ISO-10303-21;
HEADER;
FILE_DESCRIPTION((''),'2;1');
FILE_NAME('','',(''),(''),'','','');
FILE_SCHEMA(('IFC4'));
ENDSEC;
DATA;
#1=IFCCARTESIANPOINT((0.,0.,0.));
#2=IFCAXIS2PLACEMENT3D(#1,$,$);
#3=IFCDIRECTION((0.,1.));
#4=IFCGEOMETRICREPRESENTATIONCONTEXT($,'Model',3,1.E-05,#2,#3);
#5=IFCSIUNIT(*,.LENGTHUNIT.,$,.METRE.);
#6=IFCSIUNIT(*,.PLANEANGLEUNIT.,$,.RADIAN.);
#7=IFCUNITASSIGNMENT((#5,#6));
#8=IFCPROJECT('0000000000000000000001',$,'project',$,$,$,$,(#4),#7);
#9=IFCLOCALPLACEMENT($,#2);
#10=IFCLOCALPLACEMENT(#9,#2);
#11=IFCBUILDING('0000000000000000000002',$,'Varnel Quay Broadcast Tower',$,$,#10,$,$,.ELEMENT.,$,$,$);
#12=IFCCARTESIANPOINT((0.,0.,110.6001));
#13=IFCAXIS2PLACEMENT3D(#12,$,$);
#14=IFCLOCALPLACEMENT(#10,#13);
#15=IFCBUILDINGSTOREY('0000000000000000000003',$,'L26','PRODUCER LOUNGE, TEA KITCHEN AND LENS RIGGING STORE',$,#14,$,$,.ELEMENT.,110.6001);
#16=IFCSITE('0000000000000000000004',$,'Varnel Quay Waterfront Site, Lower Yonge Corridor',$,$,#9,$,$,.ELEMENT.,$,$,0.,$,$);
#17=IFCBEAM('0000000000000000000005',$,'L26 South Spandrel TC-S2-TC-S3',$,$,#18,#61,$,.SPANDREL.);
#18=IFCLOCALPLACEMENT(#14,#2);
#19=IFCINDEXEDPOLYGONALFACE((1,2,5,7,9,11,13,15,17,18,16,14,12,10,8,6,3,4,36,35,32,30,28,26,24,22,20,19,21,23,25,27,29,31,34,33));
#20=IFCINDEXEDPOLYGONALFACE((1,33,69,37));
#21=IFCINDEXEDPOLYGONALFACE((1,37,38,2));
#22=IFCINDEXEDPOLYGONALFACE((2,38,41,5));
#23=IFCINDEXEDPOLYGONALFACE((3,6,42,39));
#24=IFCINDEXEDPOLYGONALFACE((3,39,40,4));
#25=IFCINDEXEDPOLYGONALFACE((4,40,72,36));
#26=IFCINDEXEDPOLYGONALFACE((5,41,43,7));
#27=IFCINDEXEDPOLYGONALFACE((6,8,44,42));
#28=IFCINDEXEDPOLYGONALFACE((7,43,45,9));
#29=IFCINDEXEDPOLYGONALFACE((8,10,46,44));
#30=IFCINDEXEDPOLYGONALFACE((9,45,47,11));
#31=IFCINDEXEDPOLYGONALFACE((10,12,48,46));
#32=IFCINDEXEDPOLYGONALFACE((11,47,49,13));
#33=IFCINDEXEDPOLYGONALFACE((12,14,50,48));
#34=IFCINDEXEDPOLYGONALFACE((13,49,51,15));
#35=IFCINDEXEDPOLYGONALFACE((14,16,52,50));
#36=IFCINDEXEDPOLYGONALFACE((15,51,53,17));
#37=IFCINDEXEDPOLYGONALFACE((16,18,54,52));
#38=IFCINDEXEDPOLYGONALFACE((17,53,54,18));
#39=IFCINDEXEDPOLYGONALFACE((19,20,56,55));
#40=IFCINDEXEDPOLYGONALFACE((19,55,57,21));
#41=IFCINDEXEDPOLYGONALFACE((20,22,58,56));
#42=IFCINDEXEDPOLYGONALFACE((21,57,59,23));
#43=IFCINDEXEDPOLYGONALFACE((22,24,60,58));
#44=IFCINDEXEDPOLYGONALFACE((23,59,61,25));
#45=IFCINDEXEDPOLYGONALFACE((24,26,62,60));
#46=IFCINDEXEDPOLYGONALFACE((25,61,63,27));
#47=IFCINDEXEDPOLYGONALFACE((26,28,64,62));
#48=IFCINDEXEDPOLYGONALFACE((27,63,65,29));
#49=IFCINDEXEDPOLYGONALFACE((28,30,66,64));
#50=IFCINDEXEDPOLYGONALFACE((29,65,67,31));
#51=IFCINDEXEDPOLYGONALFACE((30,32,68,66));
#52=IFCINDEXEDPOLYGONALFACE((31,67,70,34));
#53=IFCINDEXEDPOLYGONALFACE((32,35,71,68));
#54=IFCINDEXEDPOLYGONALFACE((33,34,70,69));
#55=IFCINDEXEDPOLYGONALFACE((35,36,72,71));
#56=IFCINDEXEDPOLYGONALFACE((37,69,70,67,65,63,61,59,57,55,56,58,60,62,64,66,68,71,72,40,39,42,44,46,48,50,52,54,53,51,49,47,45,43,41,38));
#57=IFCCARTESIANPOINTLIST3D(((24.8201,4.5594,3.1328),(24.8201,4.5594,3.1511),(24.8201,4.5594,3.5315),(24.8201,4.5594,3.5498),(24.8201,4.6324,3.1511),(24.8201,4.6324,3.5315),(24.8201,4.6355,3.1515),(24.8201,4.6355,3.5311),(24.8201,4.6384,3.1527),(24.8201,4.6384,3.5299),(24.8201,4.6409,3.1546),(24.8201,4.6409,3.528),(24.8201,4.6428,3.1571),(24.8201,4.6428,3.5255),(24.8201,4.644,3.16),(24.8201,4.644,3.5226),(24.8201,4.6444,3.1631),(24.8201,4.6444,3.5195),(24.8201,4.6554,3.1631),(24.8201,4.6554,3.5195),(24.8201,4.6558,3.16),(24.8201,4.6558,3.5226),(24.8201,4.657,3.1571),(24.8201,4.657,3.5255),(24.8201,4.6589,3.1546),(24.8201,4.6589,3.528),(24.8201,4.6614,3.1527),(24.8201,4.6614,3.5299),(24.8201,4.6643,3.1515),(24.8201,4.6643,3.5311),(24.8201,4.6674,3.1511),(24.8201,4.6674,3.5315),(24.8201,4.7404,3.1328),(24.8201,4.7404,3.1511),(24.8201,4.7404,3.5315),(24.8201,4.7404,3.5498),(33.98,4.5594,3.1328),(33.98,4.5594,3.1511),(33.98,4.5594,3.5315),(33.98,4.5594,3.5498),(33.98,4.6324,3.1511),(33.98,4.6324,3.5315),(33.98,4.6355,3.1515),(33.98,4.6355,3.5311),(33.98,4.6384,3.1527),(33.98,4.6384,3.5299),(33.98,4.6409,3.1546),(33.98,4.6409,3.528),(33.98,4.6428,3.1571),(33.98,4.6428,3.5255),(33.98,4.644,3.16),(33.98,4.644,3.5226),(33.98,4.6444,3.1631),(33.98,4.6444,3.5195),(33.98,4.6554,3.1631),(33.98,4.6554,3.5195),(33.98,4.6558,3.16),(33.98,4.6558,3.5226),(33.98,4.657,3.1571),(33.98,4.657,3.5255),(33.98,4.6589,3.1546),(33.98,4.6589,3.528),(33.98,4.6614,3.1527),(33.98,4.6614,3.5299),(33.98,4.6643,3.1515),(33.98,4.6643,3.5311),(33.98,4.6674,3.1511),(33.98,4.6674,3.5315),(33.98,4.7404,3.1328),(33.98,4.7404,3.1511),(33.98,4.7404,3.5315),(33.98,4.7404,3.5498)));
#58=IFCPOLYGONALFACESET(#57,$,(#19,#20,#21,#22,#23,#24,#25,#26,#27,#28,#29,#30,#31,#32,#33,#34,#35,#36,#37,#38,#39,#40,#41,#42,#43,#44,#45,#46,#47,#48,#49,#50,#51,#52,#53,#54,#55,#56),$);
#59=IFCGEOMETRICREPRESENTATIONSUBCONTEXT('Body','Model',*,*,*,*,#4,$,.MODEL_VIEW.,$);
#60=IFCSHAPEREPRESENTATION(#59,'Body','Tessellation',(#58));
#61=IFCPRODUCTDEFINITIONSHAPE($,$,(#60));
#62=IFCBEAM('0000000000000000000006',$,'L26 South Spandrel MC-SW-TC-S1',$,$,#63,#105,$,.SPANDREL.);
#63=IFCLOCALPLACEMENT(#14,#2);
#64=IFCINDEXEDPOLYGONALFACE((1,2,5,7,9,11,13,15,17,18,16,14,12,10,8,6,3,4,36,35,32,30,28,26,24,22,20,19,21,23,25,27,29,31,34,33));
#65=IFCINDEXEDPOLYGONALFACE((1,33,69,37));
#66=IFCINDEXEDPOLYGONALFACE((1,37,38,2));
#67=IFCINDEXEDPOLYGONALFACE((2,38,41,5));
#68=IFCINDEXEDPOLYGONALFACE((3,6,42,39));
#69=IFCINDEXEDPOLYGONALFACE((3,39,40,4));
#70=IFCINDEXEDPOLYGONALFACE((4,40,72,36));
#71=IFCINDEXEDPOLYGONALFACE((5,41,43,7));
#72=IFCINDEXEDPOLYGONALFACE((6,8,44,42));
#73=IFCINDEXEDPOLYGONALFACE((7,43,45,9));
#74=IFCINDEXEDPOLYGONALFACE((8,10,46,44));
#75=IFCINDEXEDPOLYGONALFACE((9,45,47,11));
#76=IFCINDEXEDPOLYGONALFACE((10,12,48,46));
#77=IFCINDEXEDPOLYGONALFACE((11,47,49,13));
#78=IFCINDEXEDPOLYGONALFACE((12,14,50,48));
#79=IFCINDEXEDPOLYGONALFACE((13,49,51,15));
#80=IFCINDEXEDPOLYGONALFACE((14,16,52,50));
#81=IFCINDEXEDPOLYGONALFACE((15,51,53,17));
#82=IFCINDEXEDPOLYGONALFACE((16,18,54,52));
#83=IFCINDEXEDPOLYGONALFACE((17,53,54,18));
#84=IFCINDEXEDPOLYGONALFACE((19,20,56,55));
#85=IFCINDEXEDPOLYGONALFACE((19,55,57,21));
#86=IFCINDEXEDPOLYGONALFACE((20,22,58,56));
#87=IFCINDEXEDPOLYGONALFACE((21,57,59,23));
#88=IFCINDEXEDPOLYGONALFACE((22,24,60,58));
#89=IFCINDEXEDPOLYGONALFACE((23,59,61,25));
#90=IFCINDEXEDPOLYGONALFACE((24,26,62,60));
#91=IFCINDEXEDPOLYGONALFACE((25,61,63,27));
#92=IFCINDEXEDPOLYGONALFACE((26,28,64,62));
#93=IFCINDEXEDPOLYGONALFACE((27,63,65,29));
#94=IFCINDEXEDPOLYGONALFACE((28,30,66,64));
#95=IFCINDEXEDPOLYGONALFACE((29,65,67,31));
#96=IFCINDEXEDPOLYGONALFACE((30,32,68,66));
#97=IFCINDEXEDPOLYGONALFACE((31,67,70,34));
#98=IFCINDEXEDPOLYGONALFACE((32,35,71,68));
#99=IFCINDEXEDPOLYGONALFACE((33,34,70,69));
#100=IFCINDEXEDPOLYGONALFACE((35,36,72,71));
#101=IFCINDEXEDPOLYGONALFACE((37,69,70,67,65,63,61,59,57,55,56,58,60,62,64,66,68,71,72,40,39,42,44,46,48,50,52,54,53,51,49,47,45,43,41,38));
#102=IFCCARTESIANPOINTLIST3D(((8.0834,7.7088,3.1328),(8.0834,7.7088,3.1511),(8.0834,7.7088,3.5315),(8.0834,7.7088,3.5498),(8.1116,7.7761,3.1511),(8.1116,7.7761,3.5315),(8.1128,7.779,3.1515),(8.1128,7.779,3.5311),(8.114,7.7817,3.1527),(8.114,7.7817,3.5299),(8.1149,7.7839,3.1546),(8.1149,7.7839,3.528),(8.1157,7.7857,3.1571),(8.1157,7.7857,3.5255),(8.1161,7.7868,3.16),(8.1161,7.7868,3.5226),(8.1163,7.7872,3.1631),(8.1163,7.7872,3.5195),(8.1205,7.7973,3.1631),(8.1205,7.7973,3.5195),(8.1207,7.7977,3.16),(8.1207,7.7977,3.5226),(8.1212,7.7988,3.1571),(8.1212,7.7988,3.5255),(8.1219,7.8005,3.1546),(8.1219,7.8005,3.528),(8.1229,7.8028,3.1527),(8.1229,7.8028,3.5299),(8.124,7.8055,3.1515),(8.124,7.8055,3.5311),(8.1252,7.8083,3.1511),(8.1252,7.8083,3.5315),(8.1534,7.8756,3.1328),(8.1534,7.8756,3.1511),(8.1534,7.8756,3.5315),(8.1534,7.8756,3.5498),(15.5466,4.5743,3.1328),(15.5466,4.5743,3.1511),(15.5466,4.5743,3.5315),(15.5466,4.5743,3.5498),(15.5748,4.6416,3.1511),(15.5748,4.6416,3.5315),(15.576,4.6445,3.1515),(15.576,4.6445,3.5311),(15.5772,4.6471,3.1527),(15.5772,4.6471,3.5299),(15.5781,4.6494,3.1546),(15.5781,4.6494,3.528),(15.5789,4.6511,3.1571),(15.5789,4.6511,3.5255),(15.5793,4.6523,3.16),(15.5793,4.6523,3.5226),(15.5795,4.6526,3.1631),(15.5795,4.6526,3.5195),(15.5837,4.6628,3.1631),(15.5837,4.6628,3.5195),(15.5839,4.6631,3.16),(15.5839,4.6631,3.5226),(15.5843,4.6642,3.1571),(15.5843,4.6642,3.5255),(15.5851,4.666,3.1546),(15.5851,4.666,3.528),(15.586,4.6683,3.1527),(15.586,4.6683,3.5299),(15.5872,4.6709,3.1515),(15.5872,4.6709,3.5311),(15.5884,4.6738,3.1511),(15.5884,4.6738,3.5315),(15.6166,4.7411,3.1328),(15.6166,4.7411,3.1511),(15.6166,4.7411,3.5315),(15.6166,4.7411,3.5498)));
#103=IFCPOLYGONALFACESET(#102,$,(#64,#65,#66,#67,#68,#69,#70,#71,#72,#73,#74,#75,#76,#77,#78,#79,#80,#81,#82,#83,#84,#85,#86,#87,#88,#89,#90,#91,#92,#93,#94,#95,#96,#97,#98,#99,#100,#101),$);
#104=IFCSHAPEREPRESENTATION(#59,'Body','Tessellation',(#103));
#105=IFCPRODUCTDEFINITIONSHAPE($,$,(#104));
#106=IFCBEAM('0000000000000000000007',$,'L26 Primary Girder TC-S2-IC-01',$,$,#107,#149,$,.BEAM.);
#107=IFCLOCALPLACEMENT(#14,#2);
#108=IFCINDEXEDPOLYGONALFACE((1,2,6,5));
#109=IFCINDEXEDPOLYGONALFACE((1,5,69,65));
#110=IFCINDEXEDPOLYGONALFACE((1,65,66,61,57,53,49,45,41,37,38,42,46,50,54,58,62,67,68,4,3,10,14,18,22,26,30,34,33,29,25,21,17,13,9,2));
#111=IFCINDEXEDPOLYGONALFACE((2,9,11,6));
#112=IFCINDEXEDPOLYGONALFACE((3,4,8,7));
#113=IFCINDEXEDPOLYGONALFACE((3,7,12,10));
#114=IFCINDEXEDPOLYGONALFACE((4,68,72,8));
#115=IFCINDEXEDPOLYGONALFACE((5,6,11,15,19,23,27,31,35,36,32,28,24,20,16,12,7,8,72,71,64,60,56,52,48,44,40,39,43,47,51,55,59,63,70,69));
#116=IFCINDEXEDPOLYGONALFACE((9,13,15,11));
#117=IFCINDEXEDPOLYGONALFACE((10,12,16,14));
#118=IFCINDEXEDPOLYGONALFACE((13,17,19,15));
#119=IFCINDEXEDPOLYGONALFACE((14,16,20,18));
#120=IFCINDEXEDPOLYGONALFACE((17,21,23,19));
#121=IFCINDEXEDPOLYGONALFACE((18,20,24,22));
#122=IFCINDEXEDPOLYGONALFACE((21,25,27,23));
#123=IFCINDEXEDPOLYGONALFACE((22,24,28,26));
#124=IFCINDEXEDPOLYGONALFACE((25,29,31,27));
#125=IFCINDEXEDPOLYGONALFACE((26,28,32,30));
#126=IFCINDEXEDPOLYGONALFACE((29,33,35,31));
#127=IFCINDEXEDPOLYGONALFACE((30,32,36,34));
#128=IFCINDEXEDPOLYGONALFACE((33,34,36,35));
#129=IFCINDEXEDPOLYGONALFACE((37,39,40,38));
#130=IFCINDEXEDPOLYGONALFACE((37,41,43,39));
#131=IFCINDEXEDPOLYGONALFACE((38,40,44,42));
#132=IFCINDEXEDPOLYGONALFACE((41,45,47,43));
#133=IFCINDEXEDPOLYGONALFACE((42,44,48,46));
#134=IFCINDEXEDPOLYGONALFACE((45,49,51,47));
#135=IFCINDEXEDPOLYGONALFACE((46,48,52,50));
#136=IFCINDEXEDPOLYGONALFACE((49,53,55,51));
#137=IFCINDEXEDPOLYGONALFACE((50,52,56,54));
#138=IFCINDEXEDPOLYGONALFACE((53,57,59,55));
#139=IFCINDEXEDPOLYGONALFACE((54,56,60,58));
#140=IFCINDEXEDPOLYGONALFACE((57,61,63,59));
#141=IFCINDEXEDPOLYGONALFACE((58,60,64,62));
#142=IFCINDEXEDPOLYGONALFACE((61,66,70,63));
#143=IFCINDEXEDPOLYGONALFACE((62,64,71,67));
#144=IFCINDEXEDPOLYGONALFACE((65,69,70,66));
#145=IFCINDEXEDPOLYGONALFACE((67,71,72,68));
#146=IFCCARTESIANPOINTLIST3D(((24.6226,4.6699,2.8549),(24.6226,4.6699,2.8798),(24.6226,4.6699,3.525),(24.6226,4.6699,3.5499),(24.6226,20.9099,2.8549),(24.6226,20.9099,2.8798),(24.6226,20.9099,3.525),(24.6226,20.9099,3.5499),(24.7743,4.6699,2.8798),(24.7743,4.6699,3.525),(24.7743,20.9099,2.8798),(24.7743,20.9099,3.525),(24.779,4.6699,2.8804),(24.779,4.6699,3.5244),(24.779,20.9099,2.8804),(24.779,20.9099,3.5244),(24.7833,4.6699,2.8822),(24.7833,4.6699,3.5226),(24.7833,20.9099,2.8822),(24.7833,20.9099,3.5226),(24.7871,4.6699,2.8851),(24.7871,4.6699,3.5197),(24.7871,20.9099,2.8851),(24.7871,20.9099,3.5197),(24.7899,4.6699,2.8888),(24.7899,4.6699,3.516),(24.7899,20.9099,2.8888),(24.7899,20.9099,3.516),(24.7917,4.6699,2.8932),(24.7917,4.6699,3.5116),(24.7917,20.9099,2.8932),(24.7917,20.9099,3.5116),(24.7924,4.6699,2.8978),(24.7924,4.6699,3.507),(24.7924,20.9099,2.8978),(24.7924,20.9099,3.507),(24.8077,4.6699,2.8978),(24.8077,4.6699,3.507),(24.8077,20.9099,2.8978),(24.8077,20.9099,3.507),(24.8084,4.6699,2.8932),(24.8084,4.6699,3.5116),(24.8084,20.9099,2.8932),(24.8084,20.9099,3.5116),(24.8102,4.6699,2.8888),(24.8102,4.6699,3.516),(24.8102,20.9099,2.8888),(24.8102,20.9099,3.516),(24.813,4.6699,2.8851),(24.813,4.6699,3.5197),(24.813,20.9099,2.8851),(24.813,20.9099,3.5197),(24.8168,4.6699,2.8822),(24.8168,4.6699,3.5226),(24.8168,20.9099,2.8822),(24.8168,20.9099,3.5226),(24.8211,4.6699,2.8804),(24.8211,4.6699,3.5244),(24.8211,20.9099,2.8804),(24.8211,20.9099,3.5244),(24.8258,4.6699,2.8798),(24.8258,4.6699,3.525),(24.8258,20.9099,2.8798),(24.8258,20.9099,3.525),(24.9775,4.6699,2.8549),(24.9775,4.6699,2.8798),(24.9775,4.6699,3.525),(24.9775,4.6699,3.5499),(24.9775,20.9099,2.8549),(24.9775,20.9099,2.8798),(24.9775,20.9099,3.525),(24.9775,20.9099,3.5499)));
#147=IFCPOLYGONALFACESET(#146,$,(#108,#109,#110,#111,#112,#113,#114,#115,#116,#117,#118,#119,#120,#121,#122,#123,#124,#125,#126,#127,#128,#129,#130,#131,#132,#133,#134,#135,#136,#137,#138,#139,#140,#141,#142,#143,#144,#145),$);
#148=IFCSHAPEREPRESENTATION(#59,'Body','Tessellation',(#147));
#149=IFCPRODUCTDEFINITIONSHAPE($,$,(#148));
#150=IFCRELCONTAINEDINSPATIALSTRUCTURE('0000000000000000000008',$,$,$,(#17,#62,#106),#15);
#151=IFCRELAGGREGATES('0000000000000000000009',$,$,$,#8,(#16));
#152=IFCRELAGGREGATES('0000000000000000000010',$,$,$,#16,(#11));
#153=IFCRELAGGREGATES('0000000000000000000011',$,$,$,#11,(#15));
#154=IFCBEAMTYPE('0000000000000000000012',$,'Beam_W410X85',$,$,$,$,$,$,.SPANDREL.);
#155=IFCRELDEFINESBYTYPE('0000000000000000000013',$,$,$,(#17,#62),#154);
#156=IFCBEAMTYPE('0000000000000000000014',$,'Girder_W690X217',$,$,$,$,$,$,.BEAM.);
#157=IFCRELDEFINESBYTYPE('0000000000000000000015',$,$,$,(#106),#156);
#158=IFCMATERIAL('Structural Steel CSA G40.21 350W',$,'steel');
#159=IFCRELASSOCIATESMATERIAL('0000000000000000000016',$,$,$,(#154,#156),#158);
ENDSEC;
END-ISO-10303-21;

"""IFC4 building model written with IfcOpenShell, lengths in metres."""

from ifc_helpers import new_model, si_unit, direction, frame, origin, origin_2d, place, context, subcontext, project, spatial, i_section, extrude, source, transform, mapped, material, material_profile, profile_set, type_object, type_shapes, element, save


model = new_model("IFC4")

# Units and contexts
model_context = context("Model", 3, precision=1e-05, world=origin(), true_north=direction((0.0, 1.0)))
body_context = subcontext(model_context, "Body", "Model", "MODEL_VIEW")
ifc_project = project(units=[si_unit("LENGTHUNIT", "METRE"), si_unit("PLANEANGLEUNIT", "RADIAN")], contexts=[model_context])

# Site, building, storey
site_placement = place(None, origin())
site = spatial("IfcSite", under=ifc_project, at=site_placement, Name="Varnel Quay Waterfront Site, Lower Yonge Corridor", CompositionType="ELEMENT", RefElevation=0.0)
building_placement = place(site_placement, origin())
building = spatial("IfcBuilding", under=site, at=building_placement, Name="Varnel Quay Broadcast Tower", CompositionType="ELEMENT")
storey_placement = place(building_placement, frame((0.0, 0.0, 110.6001)))
storey = spatial("IfcBuildingStorey", under=building, at=storey_placement, Name="L26", Description="PRODUCER LOUNGE, TEA KITCHEN AND LENS RIGGING STORE", CompositionType="ELEMENT", Elevation=110.6001)

# Shared definitions
ifc_material_1 = material(Name="Structural Steel CSA G40.21 350W", Category="steel")

# Beams
ifc_material_profile_1 = material_profile(ifc_material_1, i_section(OverallWidth=0.1809, OverallDepth=0.417, WebThickness=0.011, FlangeThickness=0.0183, FilletRadius=0.012, at=origin_2d()), Name="W410X85")
ifc_profile_set_1 = profile_set([ifc_material_profile_1], Name="Structural Steel CSA G40.21 350W")
beam_type_1 = type_object("IfcBeamType", Name="Beam_W410X85", PredefinedType="SPANDREL", material=ifc_profile_set_1)
shared_shape_1 = source(origin(), body_context, "Body", "SweptSolid", [
    extrude(i_section(OverallWidth=0.1809, OverallDepth=0.417, WebThickness=0.011, FlangeThickness=0.0183, FilletRadius=0.012, at=origin_2d()), origin(), (0.0, 0.0, 1.0), 9.1599),
])
for number, where, z_axis, x_axis, name in (
    (1, (24.8201, 4.6499, 3.3413), (1.0, 0.0, 0.0), (0.0, 1.0, 0.0), "L26 South Spandrel TC-S2-TC-S3"),
):
    element("IfcBeam", number, at=place(storey_placement, frame(where, z_axis=z_axis, x_axis=x_axis)), inside=storey, type_object=beam_type_1, Name=name, PredefinedType="SPANDREL", context=body_context, shape_type="MappedRepresentation", body=[
        mapped(shared_shape_1, transform((0.0, 0.0, 0.0), x_axis=(1.0, 0.0, 0.0), y_axis=(0.0, 1.0, 0.0), z_axis=(0.0, 0.0, 1.0), scale=1.0)),
    ])
shared_shape_2 = source(origin(), body_context, "Body", "SweptSolid", [
    extrude(i_section(OverallWidth=0.1809, OverallDepth=0.417, WebThickness=0.011, FlangeThickness=0.0183, FilletRadius=0.012, at=origin_2d()), origin(), (0.0, 0.0, 1.0), 8.0947),
])
type_shapes(beam_type_1, [shared_shape_1, shared_shape_2])
beam_1_placement = place(storey_placement, frame((8.1184, 7.7922, 3.3413), z_axis=(0.921982, -0.387233, 0.0), x_axis=(0.387233, 0.921982, 0.0)))
element("IfcBeam", 2, at=beam_1_placement, inside=storey, type_object=beam_type_1, Name="L26 South Spandrel MC-SW-TC-S1", PredefinedType="SPANDREL", context=body_context, shape_type="MappedRepresentation", body=[
    mapped(shared_shape_2, transform((0.0, 0.0, 0.0), x_axis=(1.0, 0.0, 0.0), y_axis=(0.0, 1.0, 0.0), z_axis=(0.0, 0.0, 1.0), scale=1.0)),
])
ifc_material_profile_2 = material_profile(ifc_material_1, i_section(OverallWidth=0.355, OverallDepth=0.6951, WebThickness=0.0154, FlangeThickness=0.0249, FilletRadius=0.0181, at=origin_2d()), Name="W690X217")
ifc_profile_set_2 = profile_set([ifc_material_profile_2], Name="Structural Steel CSA G40.21 350W")
beam_type_2 = type_object("IfcBeamType", Name="Girder_W690X217", PredefinedType="BEAM", material=ifc_profile_set_2)
shared_shape_3 = source(origin(), body_context, "Body", "SweptSolid", [
    extrude(i_section(OverallWidth=0.355, OverallDepth=0.6951, WebThickness=0.0154, FlangeThickness=0.0249, FilletRadius=0.0181, at=origin_2d()), origin(), (0.0, 0.0, 1.0), 16.24),
])
type_shapes(beam_type_2, [shared_shape_3])
beam_2_placement = place(storey_placement, frame((24.8, 4.6699, 3.2024), z_axis=(0.0, 1.0, 0.0), x_axis=(-1.0, 0.0, 0.0)))
element("IfcBeam", 3, at=beam_2_placement, inside=storey, type_object=beam_type_2, Name="L26 Primary Girder TC-S2-IC-01", PredefinedType="BEAM", context=body_context, shape_type="MappedRepresentation", body=[
    mapped(shared_shape_3, transform((0.0, 0.0, 0.0), x_axis=(1.0, 0.0, 0.0), y_axis=(0.0, 1.0, 0.0), z_axis=(0.0, 0.0, 1.0), scale=1.0)),
])

save(model, "model.ifc")
